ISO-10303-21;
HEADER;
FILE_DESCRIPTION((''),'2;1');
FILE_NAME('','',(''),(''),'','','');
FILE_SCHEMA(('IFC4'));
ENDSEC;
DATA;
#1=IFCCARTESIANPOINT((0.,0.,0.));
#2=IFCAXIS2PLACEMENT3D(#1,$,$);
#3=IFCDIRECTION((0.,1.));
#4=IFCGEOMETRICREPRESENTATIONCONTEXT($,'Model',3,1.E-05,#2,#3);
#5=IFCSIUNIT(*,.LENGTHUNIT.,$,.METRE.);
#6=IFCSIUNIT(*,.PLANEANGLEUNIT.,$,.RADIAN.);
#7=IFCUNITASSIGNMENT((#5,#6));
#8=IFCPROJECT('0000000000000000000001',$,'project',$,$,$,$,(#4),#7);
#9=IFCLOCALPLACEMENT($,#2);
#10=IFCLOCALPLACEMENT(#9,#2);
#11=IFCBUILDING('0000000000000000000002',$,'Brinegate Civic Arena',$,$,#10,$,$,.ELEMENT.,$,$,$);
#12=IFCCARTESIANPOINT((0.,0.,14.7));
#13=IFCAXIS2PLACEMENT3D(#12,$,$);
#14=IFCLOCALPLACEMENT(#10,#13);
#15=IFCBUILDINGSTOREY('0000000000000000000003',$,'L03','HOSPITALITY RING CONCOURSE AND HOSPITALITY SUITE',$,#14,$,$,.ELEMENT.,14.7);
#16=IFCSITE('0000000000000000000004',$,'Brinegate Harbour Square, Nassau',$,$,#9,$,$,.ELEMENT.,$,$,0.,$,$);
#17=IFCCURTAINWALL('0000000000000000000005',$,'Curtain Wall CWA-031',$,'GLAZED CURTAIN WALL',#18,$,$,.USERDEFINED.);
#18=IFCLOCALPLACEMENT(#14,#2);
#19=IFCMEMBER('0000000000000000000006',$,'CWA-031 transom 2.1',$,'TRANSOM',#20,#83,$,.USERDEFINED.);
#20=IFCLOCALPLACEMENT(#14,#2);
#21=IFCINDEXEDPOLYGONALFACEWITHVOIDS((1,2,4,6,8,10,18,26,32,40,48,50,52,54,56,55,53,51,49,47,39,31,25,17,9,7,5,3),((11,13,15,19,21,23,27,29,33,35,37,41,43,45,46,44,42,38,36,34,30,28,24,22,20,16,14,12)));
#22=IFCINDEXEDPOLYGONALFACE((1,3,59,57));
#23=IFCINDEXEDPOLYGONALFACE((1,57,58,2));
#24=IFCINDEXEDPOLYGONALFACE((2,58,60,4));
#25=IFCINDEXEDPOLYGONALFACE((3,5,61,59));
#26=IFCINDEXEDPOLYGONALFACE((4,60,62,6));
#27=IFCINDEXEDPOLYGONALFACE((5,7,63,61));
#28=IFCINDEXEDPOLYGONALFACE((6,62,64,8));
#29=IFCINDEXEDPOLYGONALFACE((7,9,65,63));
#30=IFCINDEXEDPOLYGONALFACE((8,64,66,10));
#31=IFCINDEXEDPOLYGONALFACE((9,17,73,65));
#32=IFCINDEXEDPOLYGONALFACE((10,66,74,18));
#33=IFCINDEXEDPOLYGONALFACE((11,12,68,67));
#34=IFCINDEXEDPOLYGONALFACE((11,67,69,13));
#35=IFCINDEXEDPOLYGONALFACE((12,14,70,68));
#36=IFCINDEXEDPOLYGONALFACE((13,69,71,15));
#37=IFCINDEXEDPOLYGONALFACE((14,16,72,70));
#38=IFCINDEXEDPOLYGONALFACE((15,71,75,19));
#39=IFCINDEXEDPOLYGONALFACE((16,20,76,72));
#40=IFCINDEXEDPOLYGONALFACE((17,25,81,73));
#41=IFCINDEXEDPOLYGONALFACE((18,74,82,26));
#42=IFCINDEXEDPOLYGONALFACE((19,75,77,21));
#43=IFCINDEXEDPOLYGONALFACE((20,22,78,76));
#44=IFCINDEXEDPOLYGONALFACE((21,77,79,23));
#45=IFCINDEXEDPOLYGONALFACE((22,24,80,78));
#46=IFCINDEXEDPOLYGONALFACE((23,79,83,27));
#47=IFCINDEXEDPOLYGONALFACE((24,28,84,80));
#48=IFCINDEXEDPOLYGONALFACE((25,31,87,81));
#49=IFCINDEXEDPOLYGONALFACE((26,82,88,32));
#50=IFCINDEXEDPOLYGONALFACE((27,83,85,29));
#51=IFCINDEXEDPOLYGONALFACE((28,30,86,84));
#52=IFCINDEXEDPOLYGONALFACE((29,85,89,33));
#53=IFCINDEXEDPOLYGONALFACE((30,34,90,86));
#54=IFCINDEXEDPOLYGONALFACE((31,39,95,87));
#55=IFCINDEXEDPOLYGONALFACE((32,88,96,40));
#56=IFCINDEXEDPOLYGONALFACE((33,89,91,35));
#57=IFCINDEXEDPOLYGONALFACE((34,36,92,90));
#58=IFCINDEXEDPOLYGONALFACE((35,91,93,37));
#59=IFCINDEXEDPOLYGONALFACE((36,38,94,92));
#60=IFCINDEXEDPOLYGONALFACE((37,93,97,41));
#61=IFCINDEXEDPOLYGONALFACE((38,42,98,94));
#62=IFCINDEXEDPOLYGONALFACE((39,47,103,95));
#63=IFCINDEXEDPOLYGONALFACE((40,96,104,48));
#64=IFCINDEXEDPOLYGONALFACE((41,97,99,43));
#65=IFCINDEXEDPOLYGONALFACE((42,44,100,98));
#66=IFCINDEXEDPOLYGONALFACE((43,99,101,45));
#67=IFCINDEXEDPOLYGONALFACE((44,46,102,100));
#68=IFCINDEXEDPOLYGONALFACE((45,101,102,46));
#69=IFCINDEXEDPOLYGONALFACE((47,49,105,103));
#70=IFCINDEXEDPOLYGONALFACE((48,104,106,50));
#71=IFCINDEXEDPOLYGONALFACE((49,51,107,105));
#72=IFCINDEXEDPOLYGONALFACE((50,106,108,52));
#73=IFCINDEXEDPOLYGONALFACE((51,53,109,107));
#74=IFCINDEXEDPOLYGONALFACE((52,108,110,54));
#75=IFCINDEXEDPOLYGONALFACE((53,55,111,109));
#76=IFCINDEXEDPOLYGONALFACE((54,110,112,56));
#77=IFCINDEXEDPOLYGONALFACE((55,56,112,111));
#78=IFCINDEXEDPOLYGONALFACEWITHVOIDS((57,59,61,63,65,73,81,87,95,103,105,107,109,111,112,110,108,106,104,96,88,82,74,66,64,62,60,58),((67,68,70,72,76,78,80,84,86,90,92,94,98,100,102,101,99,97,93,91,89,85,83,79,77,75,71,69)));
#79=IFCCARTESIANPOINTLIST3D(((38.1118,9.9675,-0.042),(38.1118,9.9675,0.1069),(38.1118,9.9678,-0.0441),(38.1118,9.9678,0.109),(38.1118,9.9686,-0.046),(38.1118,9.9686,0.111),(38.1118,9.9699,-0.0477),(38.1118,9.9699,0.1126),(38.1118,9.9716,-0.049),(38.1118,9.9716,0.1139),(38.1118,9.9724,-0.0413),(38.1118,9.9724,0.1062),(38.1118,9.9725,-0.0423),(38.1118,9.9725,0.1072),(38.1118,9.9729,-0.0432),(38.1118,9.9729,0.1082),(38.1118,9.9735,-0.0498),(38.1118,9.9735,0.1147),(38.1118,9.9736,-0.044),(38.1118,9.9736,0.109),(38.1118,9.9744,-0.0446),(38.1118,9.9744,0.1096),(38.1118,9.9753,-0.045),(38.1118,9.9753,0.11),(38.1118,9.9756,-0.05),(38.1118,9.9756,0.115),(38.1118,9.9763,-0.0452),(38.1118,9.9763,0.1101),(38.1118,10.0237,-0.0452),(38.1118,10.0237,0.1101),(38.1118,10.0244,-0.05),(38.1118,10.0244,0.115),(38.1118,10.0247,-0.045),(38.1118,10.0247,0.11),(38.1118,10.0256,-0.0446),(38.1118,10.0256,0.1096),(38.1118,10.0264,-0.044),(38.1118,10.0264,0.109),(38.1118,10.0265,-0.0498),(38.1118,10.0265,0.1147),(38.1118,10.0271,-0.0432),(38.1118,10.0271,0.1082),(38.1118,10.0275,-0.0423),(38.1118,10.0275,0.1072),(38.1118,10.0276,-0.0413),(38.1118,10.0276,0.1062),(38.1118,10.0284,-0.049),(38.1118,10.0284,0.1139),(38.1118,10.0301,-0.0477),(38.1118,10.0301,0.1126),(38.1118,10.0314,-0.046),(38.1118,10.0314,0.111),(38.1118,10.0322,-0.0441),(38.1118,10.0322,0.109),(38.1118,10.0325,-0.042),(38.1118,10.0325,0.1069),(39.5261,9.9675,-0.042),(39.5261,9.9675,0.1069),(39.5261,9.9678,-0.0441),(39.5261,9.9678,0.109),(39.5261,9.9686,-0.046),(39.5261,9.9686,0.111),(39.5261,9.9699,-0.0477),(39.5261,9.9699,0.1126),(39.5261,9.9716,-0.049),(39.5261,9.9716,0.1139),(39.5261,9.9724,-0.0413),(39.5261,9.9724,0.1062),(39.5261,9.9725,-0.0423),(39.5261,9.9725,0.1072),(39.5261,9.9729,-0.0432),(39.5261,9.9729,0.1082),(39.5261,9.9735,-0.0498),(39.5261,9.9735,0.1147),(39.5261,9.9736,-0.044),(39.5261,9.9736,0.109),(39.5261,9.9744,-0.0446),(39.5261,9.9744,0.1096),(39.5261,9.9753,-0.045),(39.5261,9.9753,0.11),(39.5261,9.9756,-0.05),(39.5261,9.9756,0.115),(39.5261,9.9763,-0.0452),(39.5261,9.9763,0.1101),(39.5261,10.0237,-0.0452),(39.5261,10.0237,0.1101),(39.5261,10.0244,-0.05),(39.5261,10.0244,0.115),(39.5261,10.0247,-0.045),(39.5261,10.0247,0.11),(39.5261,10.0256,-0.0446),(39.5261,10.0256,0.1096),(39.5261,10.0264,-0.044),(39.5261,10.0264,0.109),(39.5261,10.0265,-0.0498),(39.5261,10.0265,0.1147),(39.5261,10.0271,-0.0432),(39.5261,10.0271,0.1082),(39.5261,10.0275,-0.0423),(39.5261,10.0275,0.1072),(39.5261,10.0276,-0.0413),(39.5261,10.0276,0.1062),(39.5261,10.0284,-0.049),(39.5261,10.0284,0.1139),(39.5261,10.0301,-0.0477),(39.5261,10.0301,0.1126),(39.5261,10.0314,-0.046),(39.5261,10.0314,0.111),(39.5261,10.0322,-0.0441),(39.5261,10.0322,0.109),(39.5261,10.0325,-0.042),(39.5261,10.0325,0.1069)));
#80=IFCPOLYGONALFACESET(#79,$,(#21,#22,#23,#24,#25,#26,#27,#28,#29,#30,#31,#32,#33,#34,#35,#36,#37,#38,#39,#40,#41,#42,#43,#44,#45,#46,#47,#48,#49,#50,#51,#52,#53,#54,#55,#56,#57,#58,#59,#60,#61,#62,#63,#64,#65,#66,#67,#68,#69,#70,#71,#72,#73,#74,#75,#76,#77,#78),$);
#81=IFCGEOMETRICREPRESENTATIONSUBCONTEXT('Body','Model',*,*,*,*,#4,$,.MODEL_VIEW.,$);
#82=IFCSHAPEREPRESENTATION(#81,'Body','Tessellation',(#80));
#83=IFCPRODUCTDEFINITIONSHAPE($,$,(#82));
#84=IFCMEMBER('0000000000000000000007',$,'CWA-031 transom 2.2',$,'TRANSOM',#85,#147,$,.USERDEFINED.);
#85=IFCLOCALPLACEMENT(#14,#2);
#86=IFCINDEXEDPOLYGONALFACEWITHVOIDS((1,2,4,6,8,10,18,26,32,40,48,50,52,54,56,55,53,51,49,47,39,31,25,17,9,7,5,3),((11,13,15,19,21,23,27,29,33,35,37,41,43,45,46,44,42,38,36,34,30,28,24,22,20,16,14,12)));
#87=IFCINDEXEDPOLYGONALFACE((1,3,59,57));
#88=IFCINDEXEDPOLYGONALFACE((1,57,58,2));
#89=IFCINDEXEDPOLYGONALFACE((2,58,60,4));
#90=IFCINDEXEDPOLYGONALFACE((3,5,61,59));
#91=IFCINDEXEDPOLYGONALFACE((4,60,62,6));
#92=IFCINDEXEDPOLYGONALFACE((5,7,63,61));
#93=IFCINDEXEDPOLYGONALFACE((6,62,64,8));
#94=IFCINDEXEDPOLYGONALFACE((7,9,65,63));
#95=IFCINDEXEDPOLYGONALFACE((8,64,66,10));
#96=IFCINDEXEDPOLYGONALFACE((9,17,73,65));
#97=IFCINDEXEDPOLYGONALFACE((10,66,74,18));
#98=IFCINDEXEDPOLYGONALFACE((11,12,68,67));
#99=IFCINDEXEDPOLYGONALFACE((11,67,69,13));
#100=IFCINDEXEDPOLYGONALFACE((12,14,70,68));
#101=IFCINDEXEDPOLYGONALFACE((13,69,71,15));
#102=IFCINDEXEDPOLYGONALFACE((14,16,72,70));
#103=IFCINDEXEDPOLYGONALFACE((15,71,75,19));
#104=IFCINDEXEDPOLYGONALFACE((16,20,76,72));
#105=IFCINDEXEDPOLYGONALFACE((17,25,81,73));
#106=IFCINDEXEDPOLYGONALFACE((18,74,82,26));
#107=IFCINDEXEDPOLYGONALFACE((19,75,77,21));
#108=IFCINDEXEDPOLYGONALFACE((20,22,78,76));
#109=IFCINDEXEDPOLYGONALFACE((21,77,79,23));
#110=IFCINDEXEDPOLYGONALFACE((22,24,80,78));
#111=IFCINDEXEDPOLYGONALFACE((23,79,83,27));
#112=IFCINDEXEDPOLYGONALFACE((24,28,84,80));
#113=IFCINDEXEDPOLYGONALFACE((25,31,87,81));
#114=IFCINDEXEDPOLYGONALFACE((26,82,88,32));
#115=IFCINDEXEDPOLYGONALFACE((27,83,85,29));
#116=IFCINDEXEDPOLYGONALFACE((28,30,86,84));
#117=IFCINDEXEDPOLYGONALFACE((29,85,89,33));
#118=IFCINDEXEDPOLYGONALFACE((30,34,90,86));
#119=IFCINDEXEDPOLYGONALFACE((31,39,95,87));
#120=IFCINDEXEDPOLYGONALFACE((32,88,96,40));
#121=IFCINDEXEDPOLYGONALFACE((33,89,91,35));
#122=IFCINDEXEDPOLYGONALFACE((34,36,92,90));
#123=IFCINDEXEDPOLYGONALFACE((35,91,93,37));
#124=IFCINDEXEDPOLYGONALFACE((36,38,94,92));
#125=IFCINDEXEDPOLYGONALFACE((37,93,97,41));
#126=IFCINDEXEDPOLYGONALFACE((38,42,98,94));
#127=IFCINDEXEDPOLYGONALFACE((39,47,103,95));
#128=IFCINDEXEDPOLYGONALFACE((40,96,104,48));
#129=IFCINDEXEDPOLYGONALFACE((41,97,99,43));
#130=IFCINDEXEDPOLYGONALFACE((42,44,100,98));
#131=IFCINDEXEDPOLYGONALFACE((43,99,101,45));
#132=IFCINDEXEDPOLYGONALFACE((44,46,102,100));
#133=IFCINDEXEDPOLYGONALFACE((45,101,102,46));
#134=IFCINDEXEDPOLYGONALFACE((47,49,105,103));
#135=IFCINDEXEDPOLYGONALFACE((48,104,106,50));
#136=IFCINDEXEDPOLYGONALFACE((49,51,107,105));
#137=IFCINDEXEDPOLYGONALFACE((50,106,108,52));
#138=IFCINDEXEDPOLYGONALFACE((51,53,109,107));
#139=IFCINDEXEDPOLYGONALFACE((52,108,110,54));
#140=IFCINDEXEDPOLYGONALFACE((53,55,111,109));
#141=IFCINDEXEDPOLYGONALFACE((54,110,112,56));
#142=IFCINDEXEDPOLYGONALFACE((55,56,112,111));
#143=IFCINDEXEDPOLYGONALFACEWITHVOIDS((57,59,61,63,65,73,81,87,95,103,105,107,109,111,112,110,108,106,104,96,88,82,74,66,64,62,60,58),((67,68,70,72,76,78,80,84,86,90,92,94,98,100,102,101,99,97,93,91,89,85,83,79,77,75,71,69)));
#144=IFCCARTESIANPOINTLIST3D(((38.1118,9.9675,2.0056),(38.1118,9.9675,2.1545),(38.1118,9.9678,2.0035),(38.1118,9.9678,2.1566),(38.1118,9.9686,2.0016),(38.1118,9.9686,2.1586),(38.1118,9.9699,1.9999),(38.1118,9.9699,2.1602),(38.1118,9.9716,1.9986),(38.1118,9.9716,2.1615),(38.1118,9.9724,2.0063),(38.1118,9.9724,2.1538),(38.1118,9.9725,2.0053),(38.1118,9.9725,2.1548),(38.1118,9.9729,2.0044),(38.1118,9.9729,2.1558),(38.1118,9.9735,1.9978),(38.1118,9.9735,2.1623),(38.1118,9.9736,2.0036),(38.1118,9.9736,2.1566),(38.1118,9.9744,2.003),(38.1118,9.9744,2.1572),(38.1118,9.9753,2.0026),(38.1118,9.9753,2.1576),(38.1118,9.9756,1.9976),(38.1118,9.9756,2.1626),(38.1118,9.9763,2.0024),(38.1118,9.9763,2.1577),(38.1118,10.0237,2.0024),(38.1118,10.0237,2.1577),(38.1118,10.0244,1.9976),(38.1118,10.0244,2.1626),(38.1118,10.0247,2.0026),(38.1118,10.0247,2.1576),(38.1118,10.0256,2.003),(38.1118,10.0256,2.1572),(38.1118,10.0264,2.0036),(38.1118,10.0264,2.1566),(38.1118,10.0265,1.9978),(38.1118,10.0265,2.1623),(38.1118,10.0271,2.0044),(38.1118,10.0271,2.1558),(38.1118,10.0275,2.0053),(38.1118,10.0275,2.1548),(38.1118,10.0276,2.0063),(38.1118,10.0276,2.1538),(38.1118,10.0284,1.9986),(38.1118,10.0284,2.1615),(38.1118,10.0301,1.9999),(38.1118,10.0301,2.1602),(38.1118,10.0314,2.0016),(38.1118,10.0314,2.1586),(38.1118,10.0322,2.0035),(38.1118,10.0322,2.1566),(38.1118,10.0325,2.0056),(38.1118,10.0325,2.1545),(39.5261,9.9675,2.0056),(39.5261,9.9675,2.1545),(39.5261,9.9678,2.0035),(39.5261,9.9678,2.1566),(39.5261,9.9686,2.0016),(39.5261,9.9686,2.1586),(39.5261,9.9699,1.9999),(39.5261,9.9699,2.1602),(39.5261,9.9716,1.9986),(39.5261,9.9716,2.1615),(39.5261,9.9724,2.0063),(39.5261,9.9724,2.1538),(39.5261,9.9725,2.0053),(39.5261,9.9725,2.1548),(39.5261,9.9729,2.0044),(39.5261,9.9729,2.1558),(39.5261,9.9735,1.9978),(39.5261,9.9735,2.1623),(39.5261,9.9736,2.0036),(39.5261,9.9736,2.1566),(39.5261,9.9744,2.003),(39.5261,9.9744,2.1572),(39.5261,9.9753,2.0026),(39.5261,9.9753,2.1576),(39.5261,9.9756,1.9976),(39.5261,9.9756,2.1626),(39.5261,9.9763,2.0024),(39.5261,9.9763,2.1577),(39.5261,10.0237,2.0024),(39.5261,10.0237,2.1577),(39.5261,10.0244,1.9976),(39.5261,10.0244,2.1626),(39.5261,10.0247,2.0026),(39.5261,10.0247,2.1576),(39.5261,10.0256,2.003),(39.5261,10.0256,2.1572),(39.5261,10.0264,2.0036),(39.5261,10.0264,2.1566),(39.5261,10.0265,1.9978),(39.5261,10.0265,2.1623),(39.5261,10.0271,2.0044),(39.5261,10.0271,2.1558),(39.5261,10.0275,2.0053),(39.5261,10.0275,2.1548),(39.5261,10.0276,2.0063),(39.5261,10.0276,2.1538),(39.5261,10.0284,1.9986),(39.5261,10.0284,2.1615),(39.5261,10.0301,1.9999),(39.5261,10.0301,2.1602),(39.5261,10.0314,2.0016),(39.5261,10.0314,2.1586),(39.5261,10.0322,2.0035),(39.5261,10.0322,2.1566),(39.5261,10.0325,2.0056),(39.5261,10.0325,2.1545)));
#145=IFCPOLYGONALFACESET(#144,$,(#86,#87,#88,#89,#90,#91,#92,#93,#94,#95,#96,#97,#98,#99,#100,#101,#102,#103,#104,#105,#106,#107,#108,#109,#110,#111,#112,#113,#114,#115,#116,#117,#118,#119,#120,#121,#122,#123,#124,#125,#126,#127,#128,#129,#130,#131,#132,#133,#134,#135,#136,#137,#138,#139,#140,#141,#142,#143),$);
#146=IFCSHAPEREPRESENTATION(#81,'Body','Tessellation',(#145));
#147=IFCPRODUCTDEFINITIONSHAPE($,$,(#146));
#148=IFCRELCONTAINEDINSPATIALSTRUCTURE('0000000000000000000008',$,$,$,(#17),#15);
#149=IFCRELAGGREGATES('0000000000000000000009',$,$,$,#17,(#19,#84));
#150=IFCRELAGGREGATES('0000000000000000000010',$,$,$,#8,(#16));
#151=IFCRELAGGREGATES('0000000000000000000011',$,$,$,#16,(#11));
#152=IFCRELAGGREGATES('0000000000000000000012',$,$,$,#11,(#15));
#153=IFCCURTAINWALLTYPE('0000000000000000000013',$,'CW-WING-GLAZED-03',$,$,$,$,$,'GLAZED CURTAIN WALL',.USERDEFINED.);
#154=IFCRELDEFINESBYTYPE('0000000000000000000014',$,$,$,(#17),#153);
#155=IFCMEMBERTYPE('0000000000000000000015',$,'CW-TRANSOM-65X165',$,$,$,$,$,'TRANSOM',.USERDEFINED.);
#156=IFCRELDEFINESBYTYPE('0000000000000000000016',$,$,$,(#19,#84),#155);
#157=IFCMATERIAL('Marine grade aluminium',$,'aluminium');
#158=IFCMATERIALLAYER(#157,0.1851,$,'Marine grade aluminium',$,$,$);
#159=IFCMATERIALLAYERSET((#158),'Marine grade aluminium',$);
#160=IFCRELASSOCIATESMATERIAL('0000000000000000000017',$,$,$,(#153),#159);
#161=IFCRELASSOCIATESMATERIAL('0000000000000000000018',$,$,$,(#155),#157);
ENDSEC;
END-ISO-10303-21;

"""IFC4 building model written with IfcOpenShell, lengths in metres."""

from ifc_helpers import new_model, si_unit, direction, frame, origin, origin_2d, place, context, subcontext, project, spatial, hollow_rectangle, extrude, material, layer, layer_set, material_profile, profile_set, type_object, element, aggregate, save


model = new_model("IFC4")

# Units and contexts
model_context = context("Model", 3, precision=1e-05, world=origin(), true_north=direction((0.0, 1.0)))
body_context = subcontext(model_context, "Body", "Model", "MODEL_VIEW")
ifc_project = project(units=[si_unit("LENGTHUNIT", "METRE"), si_unit("PLANEANGLEUNIT", "RADIAN")], contexts=[model_context])

# Site, building, storey
site_placement = place(None, origin())
site = spatial("IfcSite", under=ifc_project, at=site_placement, Name="Brinegate Harbour Square, Nassau", CompositionType="ELEMENT", RefElevation=0.0)
building_placement = place(site_placement, origin())
building = spatial("IfcBuilding", under=site, at=building_placement, Name="Brinegate Civic Arena", CompositionType="ELEMENT")
storey_placement = place(building_placement, frame((0.0, 0.0, 14.7)))
storey = spatial("IfcBuildingStorey", under=building, at=storey_placement, Name="L03", Description="HOSPITALITY RING CONCOURSE AND HOSPITALITY SUITE", CompositionType="ELEMENT", Elevation=14.7)

# Curtain wall
ifc_material_1 = material(Name="Marine grade aluminium", Category="aluminium")
ifc_layer_1 = layer(ifc_material_1, 0.1851, Name="Marine grade aluminium")
ifc_layer_set_1 = layer_set([ifc_layer_1], Name="Marine grade aluminium")
curtain_wall_type = type_object("IfcCurtainWallType", Name="CW-WING-GLAZED-03", ElementType="GLAZED CURTAIN WALL", PredefinedType="USERDEFINED", material=ifc_layer_set_1)
curtain_wall_1_placement = place(storey_placement, origin())
curtain_wall_1 = element("IfcCurtainWall", 1, at=curtain_wall_1_placement, inside=storey, type_object=curtain_wall_type, Name="Curtain Wall CWA-031", ObjectType="GLAZED CURTAIN WALL", PredefinedType="USERDEFINED")

# Members
ifc_material_profile_1 = material_profile(ifc_material_1, hollow_rectangle(XDim=0.0649, YDim=0.165, WallThickness=0.0049, InnerFilletRadius=0.0039, OuterFilletRadius=0.0081, at=origin_2d()), Name="TRN65X165")
ifc_profile_set_1 = profile_set([ifc_material_profile_1], Name="Marine grade aluminium")
member_type_1 = type_object("IfcMemberType", Name="CW-TRANSOM-65X165", ElementType="TRANSOM", PredefinedType="USERDEFINED", material=ifc_profile_set_1)
member_1_placement = place(storey_placement, frame((38.1118, 10.0, 0.0325), z_axis=(1.0, 0.0, 0.0), x_axis=(0.0, 1.0, 0.0)))
member_1 = element("IfcMember", 2, at=member_1_placement, type_object=member_type_1, Name="CWA-031 transom 2.1", ObjectType="TRANSOM", PredefinedType="USERDEFINED", context=body_context, shape_type="SweptSolid", body=[
    extrude(hollow_rectangle(XDim=0.0649, YDim=0.165, WallThickness=0.0049, InnerFilletRadius=0.0039, OuterFilletRadius=0.0081, at=origin_2d()), origin(), (0.0, 0.0, 1.0), 1.4143),
])
member_2_placement = place(storey_placement, frame((38.1118, 10.0, 2.0801), z_axis=(1.0, 0.0, 0.0), x_axis=(0.0, 1.0, 0.0)))
member_2 = element("IfcMember", 3, at=member_2_placement, type_object=member_type_1, Name="CWA-031 transom 2.2", ObjectType="TRANSOM", PredefinedType="USERDEFINED", context=body_context, shape_type="SweptSolid", body=[
    extrude(hollow_rectangle(XDim=0.0649, YDim=0.165, WallThickness=0.0049, InnerFilletRadius=0.0039, OuterFilletRadius=0.0081, at=origin_2d()), origin(), (0.0, 0.0, 1.0), 1.4143),
])

aggregate(curtain_wall_1, [member_1, member_2])

save(model, "model.ifc")
